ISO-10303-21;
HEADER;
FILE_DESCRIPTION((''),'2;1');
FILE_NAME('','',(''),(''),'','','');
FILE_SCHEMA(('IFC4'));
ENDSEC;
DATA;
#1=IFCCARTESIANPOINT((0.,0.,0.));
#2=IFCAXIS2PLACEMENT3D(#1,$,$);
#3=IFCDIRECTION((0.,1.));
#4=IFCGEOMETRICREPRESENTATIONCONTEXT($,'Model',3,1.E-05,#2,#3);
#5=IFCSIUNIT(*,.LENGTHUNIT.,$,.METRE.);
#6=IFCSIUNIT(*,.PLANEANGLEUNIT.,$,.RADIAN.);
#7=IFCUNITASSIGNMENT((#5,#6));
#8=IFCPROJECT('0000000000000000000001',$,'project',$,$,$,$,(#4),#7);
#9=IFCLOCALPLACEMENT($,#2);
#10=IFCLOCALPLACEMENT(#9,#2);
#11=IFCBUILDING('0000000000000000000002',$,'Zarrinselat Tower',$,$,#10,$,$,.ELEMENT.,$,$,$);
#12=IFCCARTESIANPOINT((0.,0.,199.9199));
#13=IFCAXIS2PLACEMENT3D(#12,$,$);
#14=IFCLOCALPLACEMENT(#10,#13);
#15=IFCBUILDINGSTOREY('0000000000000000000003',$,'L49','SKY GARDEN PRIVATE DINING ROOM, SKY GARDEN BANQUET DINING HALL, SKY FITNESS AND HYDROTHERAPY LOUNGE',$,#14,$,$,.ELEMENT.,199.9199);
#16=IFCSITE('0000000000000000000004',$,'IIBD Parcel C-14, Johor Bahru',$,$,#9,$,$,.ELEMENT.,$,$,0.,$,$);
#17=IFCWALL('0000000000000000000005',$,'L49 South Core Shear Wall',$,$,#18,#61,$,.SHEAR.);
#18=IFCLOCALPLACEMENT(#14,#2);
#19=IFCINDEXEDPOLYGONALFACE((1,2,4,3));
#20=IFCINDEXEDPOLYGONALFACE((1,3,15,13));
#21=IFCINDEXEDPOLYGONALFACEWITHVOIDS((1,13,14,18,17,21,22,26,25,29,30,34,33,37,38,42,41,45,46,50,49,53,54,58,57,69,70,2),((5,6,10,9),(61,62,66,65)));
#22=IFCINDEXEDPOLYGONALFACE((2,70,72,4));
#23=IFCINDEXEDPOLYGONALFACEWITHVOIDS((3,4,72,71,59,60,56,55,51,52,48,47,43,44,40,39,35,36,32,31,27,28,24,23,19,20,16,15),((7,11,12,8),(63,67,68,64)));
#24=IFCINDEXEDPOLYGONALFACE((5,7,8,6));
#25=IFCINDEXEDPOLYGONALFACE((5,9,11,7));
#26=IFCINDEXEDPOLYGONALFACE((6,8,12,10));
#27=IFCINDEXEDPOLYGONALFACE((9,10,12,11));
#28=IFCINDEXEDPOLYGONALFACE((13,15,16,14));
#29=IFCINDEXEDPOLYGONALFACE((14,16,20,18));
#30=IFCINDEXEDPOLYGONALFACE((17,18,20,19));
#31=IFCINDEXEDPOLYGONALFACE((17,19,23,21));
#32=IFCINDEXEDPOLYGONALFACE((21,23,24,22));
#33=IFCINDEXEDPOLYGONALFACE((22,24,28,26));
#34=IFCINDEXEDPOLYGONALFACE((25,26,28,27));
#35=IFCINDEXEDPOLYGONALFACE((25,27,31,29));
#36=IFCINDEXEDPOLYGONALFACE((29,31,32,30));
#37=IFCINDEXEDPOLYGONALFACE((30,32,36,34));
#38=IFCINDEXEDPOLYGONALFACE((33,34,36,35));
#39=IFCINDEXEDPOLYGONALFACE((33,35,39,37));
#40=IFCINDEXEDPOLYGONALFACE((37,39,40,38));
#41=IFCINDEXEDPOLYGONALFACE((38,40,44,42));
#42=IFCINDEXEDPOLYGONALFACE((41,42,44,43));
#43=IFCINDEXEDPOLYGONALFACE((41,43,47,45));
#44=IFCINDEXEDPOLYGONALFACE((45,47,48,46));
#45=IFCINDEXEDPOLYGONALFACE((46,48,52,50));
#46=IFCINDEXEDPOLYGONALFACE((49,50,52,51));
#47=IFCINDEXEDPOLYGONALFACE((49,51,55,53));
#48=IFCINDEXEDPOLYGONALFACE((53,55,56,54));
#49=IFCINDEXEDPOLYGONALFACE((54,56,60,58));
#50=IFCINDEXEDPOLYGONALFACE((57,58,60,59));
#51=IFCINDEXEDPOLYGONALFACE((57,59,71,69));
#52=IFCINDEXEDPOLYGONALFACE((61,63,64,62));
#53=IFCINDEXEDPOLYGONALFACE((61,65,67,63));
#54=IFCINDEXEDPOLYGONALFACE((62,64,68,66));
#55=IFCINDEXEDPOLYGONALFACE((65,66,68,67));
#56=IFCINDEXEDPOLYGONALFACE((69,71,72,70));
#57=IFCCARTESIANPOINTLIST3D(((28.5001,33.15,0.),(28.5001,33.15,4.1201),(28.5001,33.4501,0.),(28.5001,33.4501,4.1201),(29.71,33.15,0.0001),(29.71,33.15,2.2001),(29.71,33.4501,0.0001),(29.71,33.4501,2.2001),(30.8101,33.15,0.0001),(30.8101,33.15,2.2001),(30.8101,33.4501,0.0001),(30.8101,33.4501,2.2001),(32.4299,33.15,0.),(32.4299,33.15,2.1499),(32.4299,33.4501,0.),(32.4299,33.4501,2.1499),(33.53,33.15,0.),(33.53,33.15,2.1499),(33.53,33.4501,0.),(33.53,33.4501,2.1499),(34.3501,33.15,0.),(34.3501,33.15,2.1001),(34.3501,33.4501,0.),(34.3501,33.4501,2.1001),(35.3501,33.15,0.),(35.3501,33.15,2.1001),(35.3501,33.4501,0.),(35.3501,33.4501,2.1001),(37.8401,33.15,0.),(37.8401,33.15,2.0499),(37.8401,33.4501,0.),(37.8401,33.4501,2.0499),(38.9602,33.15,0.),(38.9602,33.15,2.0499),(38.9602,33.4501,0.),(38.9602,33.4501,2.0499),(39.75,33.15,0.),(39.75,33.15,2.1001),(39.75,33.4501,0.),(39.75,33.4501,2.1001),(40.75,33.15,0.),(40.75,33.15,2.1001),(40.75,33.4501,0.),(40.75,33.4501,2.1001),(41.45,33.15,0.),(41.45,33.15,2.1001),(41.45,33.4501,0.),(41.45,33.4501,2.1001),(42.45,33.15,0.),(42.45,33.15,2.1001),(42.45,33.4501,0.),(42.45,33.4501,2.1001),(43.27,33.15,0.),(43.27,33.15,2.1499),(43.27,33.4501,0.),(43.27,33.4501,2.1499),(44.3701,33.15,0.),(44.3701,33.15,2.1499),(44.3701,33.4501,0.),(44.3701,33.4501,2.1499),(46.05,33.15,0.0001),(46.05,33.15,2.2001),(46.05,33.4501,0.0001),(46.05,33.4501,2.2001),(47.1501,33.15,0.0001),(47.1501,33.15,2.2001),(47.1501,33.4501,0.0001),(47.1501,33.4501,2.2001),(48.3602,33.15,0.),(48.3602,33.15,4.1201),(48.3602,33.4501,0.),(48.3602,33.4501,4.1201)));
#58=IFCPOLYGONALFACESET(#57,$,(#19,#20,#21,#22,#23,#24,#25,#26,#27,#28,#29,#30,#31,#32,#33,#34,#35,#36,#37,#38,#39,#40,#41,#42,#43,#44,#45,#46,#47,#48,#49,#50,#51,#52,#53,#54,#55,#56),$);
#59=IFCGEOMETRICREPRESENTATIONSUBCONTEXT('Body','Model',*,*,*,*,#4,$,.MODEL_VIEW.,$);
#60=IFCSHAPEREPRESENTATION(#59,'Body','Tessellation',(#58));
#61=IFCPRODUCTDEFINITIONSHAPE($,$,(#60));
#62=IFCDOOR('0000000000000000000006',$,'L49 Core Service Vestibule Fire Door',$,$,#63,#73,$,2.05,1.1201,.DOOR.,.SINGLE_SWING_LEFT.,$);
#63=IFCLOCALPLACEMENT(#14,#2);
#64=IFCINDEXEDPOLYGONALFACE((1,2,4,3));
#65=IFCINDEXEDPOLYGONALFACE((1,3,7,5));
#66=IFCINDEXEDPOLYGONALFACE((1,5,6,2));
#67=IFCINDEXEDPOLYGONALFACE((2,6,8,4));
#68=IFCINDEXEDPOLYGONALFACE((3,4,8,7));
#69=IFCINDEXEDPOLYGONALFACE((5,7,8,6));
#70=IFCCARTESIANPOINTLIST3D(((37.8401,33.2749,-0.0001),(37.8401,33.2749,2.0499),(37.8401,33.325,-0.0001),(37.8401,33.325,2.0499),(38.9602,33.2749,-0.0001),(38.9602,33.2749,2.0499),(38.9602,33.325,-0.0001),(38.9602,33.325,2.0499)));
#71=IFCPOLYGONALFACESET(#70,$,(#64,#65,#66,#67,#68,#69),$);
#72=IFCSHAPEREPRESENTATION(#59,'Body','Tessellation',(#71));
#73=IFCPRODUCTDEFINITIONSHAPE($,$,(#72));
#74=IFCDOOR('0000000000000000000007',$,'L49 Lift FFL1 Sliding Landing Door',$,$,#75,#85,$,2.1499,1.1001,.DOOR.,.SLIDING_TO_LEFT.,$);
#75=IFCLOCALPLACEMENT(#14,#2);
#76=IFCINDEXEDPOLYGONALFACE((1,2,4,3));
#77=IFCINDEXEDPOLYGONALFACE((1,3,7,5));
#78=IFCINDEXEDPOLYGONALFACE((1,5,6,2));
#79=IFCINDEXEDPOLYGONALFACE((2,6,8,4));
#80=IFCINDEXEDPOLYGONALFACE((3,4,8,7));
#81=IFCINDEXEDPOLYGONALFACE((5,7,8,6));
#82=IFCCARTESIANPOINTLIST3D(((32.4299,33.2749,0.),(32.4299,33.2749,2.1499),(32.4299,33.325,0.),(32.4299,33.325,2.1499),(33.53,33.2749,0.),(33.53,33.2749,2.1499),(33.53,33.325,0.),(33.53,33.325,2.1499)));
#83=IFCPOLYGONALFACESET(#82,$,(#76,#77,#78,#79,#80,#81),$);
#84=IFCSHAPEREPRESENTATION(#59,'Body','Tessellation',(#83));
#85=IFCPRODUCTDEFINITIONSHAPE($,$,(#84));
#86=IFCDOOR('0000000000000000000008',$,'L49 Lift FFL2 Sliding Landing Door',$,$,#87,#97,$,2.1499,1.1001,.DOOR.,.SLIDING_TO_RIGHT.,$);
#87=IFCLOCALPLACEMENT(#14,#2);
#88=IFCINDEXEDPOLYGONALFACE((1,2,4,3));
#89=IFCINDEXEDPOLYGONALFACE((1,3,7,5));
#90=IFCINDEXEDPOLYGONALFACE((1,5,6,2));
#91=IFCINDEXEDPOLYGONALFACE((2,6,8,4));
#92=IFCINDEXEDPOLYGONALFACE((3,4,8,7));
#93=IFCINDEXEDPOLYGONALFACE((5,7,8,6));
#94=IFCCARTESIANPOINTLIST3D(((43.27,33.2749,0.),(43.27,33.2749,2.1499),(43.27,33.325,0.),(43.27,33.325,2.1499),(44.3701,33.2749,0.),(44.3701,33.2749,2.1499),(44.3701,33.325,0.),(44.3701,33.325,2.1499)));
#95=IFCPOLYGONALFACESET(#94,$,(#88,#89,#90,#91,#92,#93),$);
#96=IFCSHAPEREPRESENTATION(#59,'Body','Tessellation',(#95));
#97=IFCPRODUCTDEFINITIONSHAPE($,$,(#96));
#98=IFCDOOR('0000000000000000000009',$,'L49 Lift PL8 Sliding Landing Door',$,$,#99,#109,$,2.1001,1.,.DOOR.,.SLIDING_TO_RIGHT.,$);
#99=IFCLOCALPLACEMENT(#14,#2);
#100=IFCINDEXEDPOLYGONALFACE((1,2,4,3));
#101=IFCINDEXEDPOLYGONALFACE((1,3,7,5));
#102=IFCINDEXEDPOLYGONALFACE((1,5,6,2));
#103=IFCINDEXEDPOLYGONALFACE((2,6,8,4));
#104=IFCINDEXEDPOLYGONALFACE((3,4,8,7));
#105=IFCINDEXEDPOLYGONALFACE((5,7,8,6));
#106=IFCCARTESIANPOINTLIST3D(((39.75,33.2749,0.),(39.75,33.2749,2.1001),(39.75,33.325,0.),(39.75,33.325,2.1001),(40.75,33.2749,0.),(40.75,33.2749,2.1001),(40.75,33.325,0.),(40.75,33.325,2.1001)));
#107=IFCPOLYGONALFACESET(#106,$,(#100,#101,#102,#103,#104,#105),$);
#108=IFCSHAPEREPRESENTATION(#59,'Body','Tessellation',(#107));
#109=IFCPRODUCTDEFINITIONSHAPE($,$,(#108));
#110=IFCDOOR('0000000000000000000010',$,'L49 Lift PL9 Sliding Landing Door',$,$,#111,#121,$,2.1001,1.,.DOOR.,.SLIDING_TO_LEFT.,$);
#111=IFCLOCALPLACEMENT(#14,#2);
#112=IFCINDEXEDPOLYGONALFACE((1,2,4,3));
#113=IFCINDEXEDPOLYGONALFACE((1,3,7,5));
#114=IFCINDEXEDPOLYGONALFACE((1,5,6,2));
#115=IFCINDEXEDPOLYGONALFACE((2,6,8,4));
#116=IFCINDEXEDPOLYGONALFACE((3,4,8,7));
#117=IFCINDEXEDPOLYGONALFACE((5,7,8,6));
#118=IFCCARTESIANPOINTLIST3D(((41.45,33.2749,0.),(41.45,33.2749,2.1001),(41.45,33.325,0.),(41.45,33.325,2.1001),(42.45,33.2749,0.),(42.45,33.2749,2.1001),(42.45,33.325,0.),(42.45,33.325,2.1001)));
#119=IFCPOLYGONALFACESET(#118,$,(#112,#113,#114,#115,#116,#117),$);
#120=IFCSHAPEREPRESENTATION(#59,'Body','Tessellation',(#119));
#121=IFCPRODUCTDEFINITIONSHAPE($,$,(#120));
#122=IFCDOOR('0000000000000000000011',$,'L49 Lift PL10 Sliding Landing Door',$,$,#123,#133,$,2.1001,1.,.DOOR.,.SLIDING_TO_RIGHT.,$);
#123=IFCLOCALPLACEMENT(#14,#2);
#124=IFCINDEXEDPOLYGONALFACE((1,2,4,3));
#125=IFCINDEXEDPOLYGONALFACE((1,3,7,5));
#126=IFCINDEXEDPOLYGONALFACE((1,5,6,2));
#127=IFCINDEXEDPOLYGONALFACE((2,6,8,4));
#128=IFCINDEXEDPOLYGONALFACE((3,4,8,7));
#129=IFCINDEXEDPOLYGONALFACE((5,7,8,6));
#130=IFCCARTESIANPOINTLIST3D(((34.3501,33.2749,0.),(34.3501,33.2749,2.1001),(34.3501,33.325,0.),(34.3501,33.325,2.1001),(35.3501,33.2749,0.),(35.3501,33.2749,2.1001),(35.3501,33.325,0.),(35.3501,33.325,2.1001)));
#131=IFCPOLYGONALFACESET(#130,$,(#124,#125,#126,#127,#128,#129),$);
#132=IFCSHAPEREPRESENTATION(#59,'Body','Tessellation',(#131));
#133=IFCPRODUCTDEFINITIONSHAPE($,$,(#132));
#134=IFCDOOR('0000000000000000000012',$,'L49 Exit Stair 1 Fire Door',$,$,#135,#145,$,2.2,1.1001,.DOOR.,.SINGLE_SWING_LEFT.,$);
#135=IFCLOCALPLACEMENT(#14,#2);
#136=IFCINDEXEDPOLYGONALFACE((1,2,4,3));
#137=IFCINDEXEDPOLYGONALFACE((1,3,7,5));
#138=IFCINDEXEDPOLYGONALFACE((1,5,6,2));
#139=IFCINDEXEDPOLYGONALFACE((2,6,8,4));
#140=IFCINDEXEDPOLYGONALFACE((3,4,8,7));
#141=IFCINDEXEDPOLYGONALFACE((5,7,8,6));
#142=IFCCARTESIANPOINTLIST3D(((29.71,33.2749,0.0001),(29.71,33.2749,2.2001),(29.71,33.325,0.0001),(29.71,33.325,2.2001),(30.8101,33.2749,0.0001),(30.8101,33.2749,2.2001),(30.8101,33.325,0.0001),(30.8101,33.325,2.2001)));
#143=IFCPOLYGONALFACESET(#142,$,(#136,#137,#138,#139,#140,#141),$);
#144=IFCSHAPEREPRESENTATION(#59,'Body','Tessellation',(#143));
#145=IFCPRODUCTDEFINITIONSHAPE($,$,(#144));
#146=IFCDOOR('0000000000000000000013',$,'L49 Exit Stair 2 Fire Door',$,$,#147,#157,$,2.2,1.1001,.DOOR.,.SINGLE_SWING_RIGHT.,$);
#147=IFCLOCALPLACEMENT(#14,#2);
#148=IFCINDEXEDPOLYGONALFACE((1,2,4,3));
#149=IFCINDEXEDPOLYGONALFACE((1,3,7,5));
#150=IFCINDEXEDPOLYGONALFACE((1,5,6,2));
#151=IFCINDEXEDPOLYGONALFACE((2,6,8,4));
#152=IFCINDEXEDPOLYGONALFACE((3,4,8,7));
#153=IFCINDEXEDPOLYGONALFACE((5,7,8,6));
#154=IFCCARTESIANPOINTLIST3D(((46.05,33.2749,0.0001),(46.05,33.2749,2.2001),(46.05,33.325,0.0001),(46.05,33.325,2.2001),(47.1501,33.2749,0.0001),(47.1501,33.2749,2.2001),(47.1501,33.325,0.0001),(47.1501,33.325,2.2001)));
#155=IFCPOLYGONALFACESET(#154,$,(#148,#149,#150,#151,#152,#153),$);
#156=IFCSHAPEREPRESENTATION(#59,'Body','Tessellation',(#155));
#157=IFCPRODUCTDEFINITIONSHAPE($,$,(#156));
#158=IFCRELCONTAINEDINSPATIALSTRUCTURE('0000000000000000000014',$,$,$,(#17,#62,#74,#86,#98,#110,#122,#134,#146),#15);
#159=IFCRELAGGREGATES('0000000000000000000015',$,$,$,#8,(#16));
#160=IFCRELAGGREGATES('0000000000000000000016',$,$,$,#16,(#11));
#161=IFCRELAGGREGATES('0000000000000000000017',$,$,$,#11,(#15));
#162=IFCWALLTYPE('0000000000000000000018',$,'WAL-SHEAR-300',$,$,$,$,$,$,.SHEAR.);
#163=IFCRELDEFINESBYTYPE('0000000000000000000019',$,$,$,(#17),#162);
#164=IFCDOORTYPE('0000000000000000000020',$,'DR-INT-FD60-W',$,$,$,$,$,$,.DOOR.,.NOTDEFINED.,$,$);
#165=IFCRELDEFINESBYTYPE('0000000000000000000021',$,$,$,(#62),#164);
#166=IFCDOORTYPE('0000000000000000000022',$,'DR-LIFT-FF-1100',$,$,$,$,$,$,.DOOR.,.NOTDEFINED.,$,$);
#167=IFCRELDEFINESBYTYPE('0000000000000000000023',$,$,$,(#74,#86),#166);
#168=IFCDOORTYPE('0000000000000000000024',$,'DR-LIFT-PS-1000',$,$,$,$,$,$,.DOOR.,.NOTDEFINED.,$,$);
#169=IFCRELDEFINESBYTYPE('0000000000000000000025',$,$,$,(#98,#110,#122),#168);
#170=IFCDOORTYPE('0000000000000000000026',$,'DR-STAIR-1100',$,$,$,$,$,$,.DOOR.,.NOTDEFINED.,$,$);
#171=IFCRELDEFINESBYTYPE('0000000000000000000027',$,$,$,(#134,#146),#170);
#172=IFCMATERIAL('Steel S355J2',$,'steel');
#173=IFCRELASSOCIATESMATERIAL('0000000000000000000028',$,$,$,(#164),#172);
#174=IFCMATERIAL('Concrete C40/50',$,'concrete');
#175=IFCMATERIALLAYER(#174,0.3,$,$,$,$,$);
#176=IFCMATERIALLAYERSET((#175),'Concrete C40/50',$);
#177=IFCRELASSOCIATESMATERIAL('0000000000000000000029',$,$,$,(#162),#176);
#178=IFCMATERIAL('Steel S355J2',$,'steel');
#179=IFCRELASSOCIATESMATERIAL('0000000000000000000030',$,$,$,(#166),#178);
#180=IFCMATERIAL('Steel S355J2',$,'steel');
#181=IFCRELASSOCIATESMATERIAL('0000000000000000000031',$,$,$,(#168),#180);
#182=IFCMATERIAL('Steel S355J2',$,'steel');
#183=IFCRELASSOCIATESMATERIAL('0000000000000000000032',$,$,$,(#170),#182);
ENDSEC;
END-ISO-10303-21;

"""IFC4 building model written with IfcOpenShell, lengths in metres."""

from ifc_helpers import new_model, si_unit, direction, frame, frame_2d, origin, place, context, subcontext, project, spatial, rectangle, extrude, material, layer, layer_set, type_object, element, fill, save


model = new_model("IFC4")

# Units and contexts
model_context = context("Model", 3, precision=1e-05, world=origin(), true_north=direction((0.0, 1.0)))
body_context = subcontext(model_context, "Body", "Model", "MODEL_VIEW")
ifc_project = project(units=[si_unit("LENGTHUNIT", "METRE"), si_unit("PLANEANGLEUNIT", "RADIAN")], contexts=[model_context])

# Site, building, storey
site_placement = place(None, origin())
site = spatial("IfcSite", under=ifc_project, at=site_placement, Name="IIBD Parcel C-14, Johor Bahru", CompositionType="ELEMENT", RefElevation=0.0)
building_placement = place(site_placement, origin())
building = spatial("IfcBuilding", under=site, at=building_placement, Name="Zarrinselat Tower", CompositionType="ELEMENT")
storey_placement = place(building_placement, frame((0.0, 0.0, 199.9199)))
storey = spatial("IfcBuildingStorey", under=building, at=storey_placement, Name="L49", Description="SKY GARDEN PRIVATE DINING ROOM, SKY GARDEN BANQUET DINING HALL, SKY FITNESS AND HYDROTHERAPY LOUNGE", CompositionType="ELEMENT", Elevation=199.9199)

# Shared definitions
ifc_material_1 = material(Name="Steel S355J2", Category="steel")
door_type_1 = type_object("IfcDoorType", Name="DR-INT-FD60-W", OperationType="NOTDEFINED", PredefinedType="DOOR", material=ifc_material_1)

# Wall, openings, doors
ifc_material_2 = material(Name="Concrete C40/50", Category="concrete")
ifc_layer_1 = layer(ifc_material_2, 0.3)
ifc_layer_set_1 = layer_set([ifc_layer_1], Name="Concrete C40/50")
wall_type_1 = type_object("IfcWallType", Name="WAL-SHEAR-300", PredefinedType="SHEAR", material=ifc_layer_set_1)
wall_1_placement = place(storey_placement, frame((28.5, 33.3, 0.0), z_axis=(0.0, 0.0, 1.0), x_axis=(1.0, 0.0, 0.0)))
wall_1 = element("IfcWall", 1, at=wall_1_placement, inside=storey, type_object=wall_type_1, Name="L49 South Core Shear Wall", PredefinedType="SHEAR", context=body_context, shape_type="SweptSolid", body=[
    extrude(rectangle(XDim=19.8601, YDim=0.3, at=frame_2d((9.9302, 0.0))), origin(), (0.0, 0.0, 1.0), 4.1201),
])
opening_1_placement = place(wall_1_placement, frame((3.9299, 0.0, 0.0)))
opening_1 = element("IfcOpeningElement", 2, at=opening_1_placement, cuts=wall_1, PredefinedType="OPENING", context=body_context, shape_type="SweptSolid", body=[
    extrude(rectangle(XDim=1.1001, YDim=2.1499, at=frame_2d((0.55, 1.075))), frame((0.0, 0.1599, 0.0), z_axis=(0.0, -1.0, 0.0), x_axis=(1.0, 0.0, 0.0)), (0.0, 0.0, 1.0), 0.3201),
])
opening_2_placement = place(wall_1_placement, frame((14.77, 0.0, 0.0)))
opening_2 = element("IfcOpeningElement", 3, at=opening_2_placement, cuts=wall_1, PredefinedType="OPENING", context=body_context, shape_type="SweptSolid", body=[
    extrude(rectangle(XDim=1.1001, YDim=2.1499, at=frame_2d((0.55, 1.075))), frame((0.0, 0.1599, 0.0), z_axis=(0.0, -1.0, 0.0), x_axis=(1.0, 0.0, 0.0)), (0.0, 0.0, 1.0), 0.3201),
])
opening_3_placement = place(wall_1_placement, frame((11.25, 0.0, 0.0)))
opening_3 = element("IfcOpeningElement", 4, at=opening_3_placement, cuts=wall_1, PredefinedType="OPENING", context=body_context, shape_type="SweptSolid", body=[
    extrude(rectangle(XDim=1.0, YDim=2.1001, at=frame_2d((0.5, 1.05))), frame((0.0, 0.1599, 0.0), z_axis=(0.0, -1.0, 0.0), x_axis=(1.0, 0.0, 0.0)), (0.0, 0.0, 1.0), 0.3201),
])
opening_4_placement = place(wall_1_placement, frame((12.95, 0.0, 0.0)))
opening_4 = element("IfcOpeningElement", 5, at=opening_4_placement, cuts=wall_1, PredefinedType="OPENING", context=body_context, shape_type="SweptSolid", body=[
    extrude(rectangle(XDim=1.0, YDim=2.1001, at=frame_2d((0.5, 1.05))), frame((0.0, 0.1599, 0.0), z_axis=(0.0, -1.0, 0.0), x_axis=(1.0, 0.0, 0.0)), (0.0, 0.0, 1.0), 0.3201),
])
opening_5_placement = place(wall_1_placement, frame((5.8501, 0.0, 0.0)))
opening_5 = element("IfcOpeningElement", 6, at=opening_5_placement, cuts=wall_1, PredefinedType="OPENING", context=body_context, shape_type="SweptSolid", body=[
    extrude(rectangle(XDim=1.0, YDim=2.1001, at=frame_2d((0.5, 1.05))), frame((0.0, 0.1599, 0.0), z_axis=(0.0, -1.0, 0.0), x_axis=(1.0, 0.0, 0.0)), (0.0, 0.0, 1.0), 0.3201),
])
opening_6_placement = place(wall_1_placement, frame((1.21, 0.0, 0.0)))
opening_6 = element("IfcOpeningElement", 7, at=opening_6_placement, cuts=wall_1, PredefinedType="OPENING", context=body_context, shape_type="SweptSolid", body=[
    extrude(rectangle(XDim=1.1001, YDim=2.2, at=frame_2d((0.55, 1.1001))), frame((0.0, 0.1599, 0.0), z_axis=(0.0, -1.0, 0.0), x_axis=(1.0, 0.0, 0.0)), (0.0, 0.0, 1.0), 0.3201),
])
opening_7_placement = place(wall_1_placement, frame((9.3401, 0.0, 0.0)))
opening_7 = element("IfcOpeningElement", 8, at=opening_7_placement, cuts=wall_1, PredefinedType="OPENING", context=body_context, shape_type="SweptSolid", body=[
    extrude(rectangle(XDim=1.1201, YDim=2.05, at=frame_2d((0.5601, 1.0249))), frame((0.0, 0.1599, 0.0), z_axis=(0.0, -1.0, 0.0), x_axis=(1.0, 0.0, 0.0)), (0.0, 0.0, 1.0), 0.3201),
])
opening_8_placement = place(wall_1_placement, frame((17.55, 0.0, 0.0)))
opening_8 = element("IfcOpeningElement", 9, at=opening_8_placement, cuts=wall_1, PredefinedType="OPENING", context=body_context, shape_type="SweptSolid", body=[
    extrude(rectangle(XDim=1.1001, YDim=2.2, at=frame_2d((0.55, 1.1001))), frame((0.0, 0.1599, 0.0), z_axis=(0.0, -1.0, 0.0), x_axis=(1.0, 0.0, 0.0)), (0.0, 0.0, 1.0), 0.3201),
])
door_1_placement = place(opening_7_placement, origin())
door_1 = element("IfcDoor", 10, at=door_1_placement, inside=storey, type_object=door_type_1, Name="L49 Core Service Vestibule Fire Door", OperationType="SINGLE_SWING_LEFT", OverallHeight=2.05, OverallWidth=1.1201, PredefinedType="DOOR", context=body_context, shape_type="SweptSolid", body=[
    extrude(rectangle(XDim=1.1201, YDim=2.05, at=frame_2d((0.5601, 1.0249))), frame((0.0, 0.0249, 0.0), z_axis=(0.0, -1.0, 0.0), x_axis=(1.0, 0.0, 0.0)), (0.0, 0.0, 1.0), 0.05),
])
fill(opening_7, door_1)
ifc_material_3 = material(Name="Steel S355J2", Category="steel")
door_type_2 = type_object("IfcDoorType", Name="DR-LIFT-FF-1100", OperationType="NOTDEFINED", PredefinedType="DOOR", material=ifc_material_3)
door_2_placement = place(opening_1_placement, origin())
door_2 = element("IfcDoor", 11, at=door_2_placement, inside=storey, type_object=door_type_2, Name="L49 Lift FFL1 Sliding Landing Door", OperationType="SLIDING_TO_LEFT", OverallHeight=2.1499, OverallWidth=1.1001, PredefinedType="DOOR", context=body_context, shape_type="SweptSolid", body=[
    extrude(rectangle(XDim=1.1001, YDim=2.1499, at=frame_2d((0.55, 1.075))), frame((0.0, 0.0249, 0.0), z_axis=(0.0, -1.0, 0.0), x_axis=(1.0, 0.0, 0.0)), (0.0, 0.0, 1.0), 0.05),
])
fill(opening_1, door_2)
door_3_placement = place(opening_2_placement, origin())
door_3 = element("IfcDoor", 12, at=door_3_placement, inside=storey, type_object=door_type_2, Name="L49 Lift FFL2 Sliding Landing Door", OperationType="SLIDING_TO_RIGHT", OverallHeight=2.1499, OverallWidth=1.1001, PredefinedType="DOOR", context=body_context, shape_type="SweptSolid", body=[
    extrude(rectangle(XDim=1.1001, YDim=2.1499, at=frame_2d((0.55, 1.075))), frame((0.0, 0.0249, 0.0), z_axis=(0.0, -1.0, 0.0), x_axis=(1.0, 0.0, 0.0)), (0.0, 0.0, 1.0), 0.05),
])
fill(opening_2, door_3)
ifc_material_4 = material(Name="Steel S355J2", Category="steel")
door_type_3 = type_object("IfcDoorType", Name="DR-LIFT-PS-1000", OperationType="NOTDEFINED", PredefinedType="DOOR", material=ifc_material_4)
door_4_placement = place(opening_3_placement, origin())
door_4 = element("IfcDoor", 13, at=door_4_placement, inside=storey, type_object=door_type_3, Name="L49 Lift PL8 Sliding Landing Door", OperationType="SLIDING_TO_RIGHT", OverallHeight=2.1001, OverallWidth=1.0, PredefinedType="DOOR", context=body_context, shape_type="SweptSolid", body=[
    extrude(rectangle(XDim=1.0, YDim=2.1001, at=frame_2d((0.5, 1.05))), frame((0.0, 0.0249, 0.0), z_axis=(0.0, -1.0, 0.0), x_axis=(1.0, 0.0, 0.0)), (0.0, 0.0, 1.0), 0.05),
])
fill(opening_3, door_4)
door_5_placement = place(opening_4_placement, origin())
door_5 = element("IfcDoor", 14, at=door_5_placement, inside=storey, type_object=door_type_3, Name="L49 Lift PL9 Sliding Landing Door", OperationType="SLIDING_TO_LEFT", OverallHeight=2.1001, OverallWidth=1.0, PredefinedType="DOOR", context=body_context, shape_type="SweptSolid", body=[
    extrude(rectangle(XDim=1.0, YDim=2.1001, at=frame_2d((0.5, 1.05))), frame((0.0, 0.0249, 0.0), z_axis=(0.0, -1.0, 0.0), x_axis=(1.0, 0.0, 0.0)), (0.0, 0.0, 1.0), 0.05),
])
fill(opening_4, door_5)
door_6_placement = place(opening_5_placement, origin())
door_6 = element("IfcDoor", 15, at=door_6_placement, inside=storey, type_object=door_type_3, Name="L49 Lift PL10 Sliding Landing Door", OperationType="SLIDING_TO_RIGHT", OverallHeight=2.1001, OverallWidth=1.0, PredefinedType="DOOR", context=body_context, shape_type="SweptSolid", body=[
    extrude(rectangle(XDim=1.0, YDim=2.1001, at=frame_2d((0.5, 1.05))), frame((0.0, 0.0249, 0.0), z_axis=(0.0, -1.0, 0.0), x_axis=(1.0, 0.0, 0.0)), (0.0, 0.0, 1.0), 0.05),
])
fill(opening_5, door_6)
ifc_material_5 = material(Name="Steel S355J2", Category="steel")
door_type_4 = type_object("IfcDoorType", Name="DR-STAIR-1100", OperationType="NOTDEFINED", PredefinedType="DOOR", material=ifc_material_5)
door_7_placement = place(opening_6_placement, origin())
door_7 = element("IfcDoor", 16, at=door_7_placement, inside=storey, type_object=door_type_4, Name="L49 Exit Stair 1 Fire Door", OperationType="SINGLE_SWING_LEFT", OverallHeight=2.2, OverallWidth=1.1001, PredefinedType="DOOR", context=body_context, shape_type="SweptSolid", body=[
    extrude(rectangle(XDim=1.1001, YDim=2.2, at=frame_2d((0.55, 1.1001))), frame((0.0, 0.0249, 0.0), z_axis=(0.0, -1.0, 0.0), x_axis=(1.0, 0.0, 0.0)), (0.0, 0.0, 1.0), 0.05),
])
fill(opening_6, door_7)
door_8_placement = place(opening_8_placement, origin())
door_8 = element("IfcDoor", 17, at=door_8_placement, inside=storey, type_object=door_type_4, Name="L49 Exit Stair 2 Fire Door", OperationType="SINGLE_SWING_RIGHT", OverallHeight=2.2, OverallWidth=1.1001, PredefinedType="DOOR", context=body_context, shape_type="SweptSolid", body=[
    extrude(rectangle(XDim=1.1001, YDim=2.2, at=frame_2d((0.55, 1.1001))), frame((0.0, 0.0249, 0.0), z_axis=(0.0, -1.0, 0.0), x_axis=(1.0, 0.0, 0.0)), (0.0, 0.0, 1.0), 0.05),
])
fill(opening_8, door_8)

save(model, "model.ifc")
